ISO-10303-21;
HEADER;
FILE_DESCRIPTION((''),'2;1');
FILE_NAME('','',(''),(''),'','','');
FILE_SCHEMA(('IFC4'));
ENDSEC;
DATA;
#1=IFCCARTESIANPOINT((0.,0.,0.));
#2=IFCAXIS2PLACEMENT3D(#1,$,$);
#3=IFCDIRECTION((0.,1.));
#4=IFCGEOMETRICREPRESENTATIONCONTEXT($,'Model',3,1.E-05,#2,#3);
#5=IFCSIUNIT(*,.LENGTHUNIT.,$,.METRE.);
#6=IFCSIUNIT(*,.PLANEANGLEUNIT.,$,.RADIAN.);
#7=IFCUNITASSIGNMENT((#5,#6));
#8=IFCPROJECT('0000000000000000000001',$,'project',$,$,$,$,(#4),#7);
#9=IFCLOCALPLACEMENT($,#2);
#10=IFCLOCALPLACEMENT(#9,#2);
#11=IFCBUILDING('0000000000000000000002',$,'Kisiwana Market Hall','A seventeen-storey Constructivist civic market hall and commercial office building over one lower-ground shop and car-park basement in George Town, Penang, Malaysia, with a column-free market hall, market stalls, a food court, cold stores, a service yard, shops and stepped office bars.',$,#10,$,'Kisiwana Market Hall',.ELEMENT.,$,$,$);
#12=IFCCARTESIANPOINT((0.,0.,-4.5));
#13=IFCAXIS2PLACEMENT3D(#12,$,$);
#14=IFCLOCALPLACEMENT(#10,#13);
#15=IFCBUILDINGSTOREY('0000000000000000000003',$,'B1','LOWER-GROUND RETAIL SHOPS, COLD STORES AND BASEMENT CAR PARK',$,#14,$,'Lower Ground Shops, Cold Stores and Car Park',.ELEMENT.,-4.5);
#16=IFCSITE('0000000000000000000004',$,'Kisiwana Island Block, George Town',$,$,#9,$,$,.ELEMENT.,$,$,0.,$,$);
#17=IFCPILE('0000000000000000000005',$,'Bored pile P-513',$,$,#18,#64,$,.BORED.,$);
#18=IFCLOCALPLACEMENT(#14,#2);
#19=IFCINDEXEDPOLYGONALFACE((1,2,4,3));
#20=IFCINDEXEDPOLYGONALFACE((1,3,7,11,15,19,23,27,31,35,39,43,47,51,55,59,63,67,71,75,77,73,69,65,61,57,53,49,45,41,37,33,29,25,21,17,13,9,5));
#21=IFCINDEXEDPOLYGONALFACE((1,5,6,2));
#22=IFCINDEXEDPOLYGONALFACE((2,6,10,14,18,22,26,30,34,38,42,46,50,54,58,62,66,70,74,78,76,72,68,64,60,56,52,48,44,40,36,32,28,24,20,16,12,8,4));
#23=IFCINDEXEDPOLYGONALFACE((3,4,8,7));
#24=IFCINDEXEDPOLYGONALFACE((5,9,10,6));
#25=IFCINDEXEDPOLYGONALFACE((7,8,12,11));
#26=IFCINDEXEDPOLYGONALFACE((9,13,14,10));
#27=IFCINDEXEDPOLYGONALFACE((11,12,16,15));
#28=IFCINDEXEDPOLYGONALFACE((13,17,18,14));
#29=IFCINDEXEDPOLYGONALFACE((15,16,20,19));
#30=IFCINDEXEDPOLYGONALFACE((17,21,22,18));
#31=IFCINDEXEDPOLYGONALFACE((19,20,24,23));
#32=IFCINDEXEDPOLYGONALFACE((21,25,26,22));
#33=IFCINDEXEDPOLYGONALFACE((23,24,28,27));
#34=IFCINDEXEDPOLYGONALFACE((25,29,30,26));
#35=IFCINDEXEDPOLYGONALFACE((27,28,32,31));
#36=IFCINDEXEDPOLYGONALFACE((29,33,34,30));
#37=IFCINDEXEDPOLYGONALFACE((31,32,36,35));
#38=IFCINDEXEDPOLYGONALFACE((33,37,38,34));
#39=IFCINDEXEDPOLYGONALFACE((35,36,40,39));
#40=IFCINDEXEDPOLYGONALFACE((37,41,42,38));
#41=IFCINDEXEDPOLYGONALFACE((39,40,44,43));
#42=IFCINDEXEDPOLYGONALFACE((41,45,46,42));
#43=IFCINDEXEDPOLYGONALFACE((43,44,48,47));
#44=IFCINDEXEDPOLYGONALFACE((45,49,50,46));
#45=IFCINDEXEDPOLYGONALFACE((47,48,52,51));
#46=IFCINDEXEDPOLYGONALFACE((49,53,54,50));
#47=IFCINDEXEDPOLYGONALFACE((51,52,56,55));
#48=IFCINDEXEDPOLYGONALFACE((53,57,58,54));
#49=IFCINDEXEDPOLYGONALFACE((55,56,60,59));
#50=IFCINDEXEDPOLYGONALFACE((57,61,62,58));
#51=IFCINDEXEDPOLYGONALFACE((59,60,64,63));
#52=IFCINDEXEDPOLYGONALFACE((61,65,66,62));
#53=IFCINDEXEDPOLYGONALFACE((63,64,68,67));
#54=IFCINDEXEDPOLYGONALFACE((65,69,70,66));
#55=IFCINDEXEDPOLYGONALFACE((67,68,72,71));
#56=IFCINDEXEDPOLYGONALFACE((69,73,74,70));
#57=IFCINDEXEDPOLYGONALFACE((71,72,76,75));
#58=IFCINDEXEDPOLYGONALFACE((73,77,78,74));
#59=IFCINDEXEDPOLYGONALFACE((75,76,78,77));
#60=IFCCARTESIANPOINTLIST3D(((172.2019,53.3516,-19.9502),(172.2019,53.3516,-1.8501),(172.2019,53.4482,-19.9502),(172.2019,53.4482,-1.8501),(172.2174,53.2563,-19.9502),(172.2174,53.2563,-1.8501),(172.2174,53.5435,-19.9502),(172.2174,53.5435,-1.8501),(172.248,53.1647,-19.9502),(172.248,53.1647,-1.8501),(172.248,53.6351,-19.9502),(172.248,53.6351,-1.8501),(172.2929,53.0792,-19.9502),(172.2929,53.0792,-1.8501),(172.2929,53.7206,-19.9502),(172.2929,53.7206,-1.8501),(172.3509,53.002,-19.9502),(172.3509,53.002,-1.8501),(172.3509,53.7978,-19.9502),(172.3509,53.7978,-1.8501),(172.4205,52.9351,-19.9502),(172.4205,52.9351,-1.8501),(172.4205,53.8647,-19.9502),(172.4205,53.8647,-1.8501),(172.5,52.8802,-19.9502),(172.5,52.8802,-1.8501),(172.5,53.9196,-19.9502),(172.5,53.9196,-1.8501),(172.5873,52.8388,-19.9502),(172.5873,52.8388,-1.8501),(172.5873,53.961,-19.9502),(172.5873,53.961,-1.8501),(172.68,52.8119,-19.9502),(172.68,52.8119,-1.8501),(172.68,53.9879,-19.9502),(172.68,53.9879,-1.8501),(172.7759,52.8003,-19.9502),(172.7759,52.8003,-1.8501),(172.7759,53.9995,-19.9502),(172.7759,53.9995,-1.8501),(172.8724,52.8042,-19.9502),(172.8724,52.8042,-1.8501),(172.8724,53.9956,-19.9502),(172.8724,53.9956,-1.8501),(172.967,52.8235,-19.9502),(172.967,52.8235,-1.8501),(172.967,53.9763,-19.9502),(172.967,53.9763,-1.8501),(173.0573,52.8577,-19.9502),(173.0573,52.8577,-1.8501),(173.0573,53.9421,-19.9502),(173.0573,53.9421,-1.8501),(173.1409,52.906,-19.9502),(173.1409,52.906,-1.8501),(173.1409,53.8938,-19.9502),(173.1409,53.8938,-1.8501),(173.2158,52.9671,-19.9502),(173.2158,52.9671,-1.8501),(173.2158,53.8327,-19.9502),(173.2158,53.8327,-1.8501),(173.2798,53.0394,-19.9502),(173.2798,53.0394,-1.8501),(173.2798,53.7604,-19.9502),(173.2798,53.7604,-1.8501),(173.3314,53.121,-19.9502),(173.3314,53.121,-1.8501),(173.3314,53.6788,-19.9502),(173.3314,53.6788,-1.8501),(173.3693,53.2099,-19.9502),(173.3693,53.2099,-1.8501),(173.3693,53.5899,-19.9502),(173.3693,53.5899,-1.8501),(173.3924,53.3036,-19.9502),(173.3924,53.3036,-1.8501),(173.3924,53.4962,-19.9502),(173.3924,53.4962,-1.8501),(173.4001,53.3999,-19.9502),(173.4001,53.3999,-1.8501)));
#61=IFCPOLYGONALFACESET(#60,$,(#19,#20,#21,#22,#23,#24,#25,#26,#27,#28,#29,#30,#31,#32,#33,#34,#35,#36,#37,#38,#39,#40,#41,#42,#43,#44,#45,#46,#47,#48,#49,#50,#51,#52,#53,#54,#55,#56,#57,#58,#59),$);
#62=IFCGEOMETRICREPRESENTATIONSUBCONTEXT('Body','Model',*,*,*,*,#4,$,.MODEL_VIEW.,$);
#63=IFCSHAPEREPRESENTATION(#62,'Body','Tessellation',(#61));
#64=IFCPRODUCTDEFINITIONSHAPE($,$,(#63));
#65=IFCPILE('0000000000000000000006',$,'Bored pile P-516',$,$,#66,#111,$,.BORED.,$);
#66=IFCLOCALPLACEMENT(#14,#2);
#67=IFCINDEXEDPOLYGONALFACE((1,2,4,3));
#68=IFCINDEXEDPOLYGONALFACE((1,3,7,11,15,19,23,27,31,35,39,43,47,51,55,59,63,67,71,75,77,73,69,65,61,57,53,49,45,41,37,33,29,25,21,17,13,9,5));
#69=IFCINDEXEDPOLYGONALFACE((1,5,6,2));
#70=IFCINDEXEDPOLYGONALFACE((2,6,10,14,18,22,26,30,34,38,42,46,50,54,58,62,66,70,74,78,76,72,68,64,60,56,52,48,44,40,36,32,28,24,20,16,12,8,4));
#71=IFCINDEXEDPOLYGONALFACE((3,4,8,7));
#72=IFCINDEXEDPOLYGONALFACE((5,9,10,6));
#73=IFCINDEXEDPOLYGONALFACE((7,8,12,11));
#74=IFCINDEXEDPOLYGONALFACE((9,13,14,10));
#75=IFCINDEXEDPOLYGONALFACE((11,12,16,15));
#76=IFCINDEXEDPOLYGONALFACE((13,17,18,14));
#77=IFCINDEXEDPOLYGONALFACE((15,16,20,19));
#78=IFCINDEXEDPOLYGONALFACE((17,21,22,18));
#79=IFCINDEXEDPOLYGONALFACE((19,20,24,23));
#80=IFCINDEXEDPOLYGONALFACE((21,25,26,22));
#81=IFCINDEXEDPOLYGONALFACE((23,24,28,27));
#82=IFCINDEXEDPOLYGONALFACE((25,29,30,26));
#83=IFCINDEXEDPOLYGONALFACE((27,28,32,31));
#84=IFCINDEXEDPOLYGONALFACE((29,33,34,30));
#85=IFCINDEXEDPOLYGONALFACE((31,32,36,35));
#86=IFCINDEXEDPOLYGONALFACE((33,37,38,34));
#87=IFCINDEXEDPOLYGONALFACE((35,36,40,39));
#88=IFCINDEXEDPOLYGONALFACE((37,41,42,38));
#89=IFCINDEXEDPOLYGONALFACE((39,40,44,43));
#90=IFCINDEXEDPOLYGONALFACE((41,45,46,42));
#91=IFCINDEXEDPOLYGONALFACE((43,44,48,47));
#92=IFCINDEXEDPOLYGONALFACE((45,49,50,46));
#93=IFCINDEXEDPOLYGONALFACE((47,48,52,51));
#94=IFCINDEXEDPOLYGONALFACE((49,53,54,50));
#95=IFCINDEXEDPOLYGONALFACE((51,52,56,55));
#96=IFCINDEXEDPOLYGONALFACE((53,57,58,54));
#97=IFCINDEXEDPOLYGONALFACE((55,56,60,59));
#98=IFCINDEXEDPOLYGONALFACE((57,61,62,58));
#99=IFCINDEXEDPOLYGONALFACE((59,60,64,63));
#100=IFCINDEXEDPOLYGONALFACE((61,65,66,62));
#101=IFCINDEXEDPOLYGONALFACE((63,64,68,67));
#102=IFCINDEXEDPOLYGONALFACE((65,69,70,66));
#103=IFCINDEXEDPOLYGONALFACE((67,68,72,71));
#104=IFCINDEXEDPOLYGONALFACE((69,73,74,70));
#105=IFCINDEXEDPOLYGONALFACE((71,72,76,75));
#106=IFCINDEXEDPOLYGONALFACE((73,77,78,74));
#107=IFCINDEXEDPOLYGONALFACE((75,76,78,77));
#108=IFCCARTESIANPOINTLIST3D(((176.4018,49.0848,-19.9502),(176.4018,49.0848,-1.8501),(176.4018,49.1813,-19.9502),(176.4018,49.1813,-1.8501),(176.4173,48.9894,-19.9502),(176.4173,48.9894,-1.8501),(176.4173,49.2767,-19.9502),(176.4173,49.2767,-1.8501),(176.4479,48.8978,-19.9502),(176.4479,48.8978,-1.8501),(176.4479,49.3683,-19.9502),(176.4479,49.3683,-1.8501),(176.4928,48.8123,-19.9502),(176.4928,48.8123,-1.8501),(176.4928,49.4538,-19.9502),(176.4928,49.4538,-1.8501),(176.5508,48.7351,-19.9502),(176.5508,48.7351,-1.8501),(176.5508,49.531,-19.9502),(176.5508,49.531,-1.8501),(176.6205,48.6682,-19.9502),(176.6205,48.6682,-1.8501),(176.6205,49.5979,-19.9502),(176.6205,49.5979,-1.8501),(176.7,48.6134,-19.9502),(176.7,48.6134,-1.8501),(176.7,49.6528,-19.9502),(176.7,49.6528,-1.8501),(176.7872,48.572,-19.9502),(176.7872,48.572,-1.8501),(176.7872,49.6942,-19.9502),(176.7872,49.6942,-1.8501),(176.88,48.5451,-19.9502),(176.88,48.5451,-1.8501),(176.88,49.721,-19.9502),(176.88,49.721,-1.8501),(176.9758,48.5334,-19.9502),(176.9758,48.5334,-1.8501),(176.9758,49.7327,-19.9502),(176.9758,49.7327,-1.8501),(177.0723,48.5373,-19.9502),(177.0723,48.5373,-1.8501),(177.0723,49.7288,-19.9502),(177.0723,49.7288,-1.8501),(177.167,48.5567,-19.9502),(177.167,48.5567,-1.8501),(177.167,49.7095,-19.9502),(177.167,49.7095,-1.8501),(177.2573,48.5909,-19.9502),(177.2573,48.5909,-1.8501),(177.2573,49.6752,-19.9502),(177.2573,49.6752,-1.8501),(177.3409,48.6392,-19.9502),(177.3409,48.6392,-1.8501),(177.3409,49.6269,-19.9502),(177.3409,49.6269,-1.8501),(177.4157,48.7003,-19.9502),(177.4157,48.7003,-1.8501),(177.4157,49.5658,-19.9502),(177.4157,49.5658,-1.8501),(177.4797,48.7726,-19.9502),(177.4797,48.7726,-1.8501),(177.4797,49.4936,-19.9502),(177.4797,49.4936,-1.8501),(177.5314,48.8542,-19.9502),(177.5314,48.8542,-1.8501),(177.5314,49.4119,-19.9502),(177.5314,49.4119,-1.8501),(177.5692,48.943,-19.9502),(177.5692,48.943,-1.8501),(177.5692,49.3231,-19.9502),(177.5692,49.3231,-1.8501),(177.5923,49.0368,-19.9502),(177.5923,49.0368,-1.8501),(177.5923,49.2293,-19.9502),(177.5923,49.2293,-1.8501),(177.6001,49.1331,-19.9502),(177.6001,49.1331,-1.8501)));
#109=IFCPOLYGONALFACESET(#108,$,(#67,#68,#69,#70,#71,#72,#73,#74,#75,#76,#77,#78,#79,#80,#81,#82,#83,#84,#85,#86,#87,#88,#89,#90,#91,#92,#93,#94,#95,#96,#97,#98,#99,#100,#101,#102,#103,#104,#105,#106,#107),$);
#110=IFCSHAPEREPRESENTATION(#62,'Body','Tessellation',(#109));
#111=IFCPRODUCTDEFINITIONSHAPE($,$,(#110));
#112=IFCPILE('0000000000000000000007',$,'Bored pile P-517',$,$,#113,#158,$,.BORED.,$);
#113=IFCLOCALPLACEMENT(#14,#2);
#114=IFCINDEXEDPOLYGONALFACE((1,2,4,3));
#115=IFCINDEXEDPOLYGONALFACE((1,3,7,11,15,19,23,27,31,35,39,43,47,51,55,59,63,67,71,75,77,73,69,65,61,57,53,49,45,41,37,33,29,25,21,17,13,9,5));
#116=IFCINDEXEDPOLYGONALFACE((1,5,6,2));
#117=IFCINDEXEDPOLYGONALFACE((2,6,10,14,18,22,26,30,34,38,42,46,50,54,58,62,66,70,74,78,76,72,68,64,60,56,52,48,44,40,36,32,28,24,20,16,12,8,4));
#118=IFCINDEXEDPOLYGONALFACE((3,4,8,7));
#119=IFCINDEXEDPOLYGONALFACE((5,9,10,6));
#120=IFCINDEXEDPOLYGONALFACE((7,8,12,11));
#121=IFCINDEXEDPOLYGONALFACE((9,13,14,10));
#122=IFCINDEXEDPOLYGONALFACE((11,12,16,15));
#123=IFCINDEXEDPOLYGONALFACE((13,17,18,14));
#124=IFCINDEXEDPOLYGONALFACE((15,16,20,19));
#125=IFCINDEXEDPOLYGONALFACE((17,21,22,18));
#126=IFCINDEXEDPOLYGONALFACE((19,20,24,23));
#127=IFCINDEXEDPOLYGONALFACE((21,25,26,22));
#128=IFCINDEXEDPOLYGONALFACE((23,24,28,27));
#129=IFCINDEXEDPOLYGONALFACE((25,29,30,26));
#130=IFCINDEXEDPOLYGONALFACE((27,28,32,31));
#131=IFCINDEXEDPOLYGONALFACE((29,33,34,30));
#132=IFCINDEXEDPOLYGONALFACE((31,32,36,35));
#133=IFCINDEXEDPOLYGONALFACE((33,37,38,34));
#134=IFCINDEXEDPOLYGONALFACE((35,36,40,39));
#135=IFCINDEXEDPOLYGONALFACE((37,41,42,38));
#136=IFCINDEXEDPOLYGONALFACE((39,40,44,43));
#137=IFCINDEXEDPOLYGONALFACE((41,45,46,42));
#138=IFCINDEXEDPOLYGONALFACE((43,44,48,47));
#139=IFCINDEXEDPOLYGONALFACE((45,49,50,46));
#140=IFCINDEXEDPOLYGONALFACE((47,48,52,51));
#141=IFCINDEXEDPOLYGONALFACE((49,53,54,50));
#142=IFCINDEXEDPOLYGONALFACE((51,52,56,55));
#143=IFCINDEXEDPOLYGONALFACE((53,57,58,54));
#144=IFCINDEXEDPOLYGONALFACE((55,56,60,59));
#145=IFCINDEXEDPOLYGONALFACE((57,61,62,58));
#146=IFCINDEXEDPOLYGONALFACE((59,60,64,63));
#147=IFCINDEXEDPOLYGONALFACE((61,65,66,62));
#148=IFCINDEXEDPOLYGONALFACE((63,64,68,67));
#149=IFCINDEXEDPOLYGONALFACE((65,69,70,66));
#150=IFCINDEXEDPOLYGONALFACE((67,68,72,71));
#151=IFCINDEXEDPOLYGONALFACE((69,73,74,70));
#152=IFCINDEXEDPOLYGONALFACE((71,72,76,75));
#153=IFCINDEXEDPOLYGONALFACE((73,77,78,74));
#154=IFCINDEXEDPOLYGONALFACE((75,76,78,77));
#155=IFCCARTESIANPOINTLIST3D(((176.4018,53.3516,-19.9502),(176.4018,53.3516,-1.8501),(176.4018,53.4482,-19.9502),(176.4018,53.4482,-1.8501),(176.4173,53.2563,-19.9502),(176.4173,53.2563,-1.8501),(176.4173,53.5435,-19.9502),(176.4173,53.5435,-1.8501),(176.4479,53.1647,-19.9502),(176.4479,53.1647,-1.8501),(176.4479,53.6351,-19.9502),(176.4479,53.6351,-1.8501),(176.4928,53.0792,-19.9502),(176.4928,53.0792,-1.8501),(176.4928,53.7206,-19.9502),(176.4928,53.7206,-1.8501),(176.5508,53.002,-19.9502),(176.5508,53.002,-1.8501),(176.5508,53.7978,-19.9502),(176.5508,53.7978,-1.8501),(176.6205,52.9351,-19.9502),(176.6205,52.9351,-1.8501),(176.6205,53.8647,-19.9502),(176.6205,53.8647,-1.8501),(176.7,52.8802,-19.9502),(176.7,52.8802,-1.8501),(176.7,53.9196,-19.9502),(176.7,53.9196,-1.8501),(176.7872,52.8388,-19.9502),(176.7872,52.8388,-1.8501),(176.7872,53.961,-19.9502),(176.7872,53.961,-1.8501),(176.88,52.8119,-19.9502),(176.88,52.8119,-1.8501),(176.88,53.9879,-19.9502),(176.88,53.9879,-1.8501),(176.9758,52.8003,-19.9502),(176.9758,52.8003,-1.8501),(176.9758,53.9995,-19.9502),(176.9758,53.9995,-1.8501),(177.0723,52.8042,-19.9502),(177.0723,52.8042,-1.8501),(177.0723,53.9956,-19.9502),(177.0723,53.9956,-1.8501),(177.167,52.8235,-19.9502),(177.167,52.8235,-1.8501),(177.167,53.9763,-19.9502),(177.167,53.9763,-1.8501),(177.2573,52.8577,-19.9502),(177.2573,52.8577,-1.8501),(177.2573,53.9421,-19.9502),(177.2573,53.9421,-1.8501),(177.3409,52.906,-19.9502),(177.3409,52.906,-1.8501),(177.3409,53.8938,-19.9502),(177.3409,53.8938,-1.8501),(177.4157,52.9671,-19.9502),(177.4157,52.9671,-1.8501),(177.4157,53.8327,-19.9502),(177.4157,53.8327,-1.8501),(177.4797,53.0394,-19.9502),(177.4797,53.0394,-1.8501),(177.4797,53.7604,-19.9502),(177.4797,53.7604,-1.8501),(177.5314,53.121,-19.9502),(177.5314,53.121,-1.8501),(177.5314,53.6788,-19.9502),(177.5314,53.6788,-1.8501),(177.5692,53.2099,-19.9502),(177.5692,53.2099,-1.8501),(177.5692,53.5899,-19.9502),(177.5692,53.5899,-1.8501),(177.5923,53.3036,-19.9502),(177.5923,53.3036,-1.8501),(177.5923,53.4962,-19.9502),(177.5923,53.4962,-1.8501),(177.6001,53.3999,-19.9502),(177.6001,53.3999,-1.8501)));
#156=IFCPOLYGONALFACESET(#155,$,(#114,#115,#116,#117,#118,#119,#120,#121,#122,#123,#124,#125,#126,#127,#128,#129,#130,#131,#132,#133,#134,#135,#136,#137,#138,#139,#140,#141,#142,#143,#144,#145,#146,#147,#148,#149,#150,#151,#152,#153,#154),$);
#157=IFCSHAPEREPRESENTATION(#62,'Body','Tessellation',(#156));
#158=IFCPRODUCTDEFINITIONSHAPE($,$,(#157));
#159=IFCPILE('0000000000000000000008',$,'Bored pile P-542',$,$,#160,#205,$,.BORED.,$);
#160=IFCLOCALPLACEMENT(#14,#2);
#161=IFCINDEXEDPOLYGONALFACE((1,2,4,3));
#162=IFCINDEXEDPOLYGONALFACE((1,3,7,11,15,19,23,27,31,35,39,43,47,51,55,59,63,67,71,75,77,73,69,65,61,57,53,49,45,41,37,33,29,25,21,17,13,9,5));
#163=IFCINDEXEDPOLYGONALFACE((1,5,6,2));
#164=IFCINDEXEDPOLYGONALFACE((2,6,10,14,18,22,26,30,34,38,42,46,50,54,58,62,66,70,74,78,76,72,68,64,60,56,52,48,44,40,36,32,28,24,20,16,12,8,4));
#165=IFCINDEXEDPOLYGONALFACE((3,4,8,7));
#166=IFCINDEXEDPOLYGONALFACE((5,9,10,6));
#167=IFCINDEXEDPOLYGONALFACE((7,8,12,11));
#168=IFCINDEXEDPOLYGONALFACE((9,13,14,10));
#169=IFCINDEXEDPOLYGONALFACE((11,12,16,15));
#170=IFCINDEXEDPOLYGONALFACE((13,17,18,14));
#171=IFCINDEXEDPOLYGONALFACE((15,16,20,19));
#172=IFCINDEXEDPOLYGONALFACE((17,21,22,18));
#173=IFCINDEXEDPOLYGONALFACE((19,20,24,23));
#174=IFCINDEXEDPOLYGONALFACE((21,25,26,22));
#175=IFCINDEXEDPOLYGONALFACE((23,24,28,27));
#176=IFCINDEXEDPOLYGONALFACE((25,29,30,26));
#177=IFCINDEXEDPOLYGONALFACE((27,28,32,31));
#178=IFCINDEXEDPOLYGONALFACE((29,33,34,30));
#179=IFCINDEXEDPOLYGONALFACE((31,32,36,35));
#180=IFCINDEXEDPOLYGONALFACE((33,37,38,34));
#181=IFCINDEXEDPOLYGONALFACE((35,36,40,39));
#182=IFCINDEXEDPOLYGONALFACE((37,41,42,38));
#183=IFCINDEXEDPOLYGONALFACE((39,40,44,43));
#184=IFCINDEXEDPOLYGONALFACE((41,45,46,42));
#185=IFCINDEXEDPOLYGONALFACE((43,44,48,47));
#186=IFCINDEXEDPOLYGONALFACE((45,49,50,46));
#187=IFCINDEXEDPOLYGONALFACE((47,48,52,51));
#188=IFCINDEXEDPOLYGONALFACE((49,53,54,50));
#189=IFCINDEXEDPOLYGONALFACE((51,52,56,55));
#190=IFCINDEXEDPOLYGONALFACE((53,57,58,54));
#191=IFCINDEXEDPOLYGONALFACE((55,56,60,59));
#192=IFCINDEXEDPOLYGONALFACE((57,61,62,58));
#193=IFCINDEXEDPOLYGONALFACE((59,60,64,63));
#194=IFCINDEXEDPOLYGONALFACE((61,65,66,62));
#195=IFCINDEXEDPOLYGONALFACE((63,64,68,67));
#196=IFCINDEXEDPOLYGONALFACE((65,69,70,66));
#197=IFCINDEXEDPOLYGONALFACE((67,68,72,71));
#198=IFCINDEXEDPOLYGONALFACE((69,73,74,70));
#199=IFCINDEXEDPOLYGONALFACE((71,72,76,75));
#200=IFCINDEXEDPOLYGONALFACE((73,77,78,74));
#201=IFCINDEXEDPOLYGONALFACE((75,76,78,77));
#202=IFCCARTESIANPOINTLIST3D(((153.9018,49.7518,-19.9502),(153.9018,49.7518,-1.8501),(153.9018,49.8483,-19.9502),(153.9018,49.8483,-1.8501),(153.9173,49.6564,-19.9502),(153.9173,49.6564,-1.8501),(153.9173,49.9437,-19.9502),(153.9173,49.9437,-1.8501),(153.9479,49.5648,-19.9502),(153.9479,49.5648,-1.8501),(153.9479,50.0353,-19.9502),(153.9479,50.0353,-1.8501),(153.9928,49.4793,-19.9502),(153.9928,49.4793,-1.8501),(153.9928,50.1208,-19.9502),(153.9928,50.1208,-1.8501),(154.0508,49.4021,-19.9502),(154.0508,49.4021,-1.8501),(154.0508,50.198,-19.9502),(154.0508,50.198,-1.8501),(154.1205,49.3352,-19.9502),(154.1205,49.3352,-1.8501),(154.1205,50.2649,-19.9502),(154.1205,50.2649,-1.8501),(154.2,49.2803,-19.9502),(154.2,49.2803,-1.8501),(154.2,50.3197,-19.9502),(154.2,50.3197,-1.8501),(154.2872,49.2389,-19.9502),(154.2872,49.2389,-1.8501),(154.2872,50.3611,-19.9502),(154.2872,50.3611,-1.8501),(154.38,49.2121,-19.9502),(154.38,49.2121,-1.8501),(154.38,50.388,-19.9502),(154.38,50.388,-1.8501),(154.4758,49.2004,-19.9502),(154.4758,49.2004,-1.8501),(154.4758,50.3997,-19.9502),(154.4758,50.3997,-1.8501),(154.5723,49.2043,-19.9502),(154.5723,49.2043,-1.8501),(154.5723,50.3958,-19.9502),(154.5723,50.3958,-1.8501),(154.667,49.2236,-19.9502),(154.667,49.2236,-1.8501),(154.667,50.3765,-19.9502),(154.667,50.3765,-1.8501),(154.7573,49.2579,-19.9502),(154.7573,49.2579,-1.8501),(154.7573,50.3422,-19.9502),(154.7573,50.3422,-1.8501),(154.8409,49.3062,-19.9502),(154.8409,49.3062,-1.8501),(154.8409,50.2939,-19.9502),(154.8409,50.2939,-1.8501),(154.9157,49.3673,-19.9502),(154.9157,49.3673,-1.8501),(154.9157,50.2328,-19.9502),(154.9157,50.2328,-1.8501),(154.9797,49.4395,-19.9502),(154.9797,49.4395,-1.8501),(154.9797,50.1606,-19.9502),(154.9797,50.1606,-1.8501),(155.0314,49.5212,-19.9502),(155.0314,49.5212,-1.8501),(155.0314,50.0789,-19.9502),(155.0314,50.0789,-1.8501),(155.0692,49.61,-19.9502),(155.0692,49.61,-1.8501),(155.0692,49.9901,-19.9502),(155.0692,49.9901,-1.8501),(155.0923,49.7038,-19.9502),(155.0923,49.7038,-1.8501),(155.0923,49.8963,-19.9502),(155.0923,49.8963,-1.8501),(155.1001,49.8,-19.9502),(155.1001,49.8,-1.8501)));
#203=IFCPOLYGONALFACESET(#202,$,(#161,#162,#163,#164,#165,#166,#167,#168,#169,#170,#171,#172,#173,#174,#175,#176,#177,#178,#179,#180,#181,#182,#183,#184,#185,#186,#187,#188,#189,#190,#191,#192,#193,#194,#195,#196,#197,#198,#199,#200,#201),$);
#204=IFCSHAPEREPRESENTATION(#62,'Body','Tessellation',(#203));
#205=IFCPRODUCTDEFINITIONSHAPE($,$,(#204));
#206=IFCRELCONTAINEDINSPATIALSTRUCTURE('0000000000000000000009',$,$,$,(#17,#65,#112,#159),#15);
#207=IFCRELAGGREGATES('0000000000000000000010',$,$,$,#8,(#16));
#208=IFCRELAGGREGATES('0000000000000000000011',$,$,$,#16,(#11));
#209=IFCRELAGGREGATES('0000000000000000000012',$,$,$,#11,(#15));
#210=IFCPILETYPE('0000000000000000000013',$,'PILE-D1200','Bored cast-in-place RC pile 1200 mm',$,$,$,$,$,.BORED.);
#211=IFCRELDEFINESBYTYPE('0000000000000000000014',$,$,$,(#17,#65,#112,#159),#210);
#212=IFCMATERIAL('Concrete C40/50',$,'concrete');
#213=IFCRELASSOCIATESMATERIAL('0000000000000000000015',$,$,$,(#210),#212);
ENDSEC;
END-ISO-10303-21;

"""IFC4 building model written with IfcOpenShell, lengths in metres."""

from ifc_helpers import new_model, si_unit, direction, frame, origin, origin_2d, place, context, subcontext, project, spatial, circle, extrude, material, material_profile, profile_set, type_object, element, save


model = new_model("IFC4")

# Units and contexts
model_context = context("Model", 3, precision=1e-05, world=origin(), true_north=direction((0.0, 1.0)))
body_context = subcontext(model_context, "Body", "Model", "MODEL_VIEW")
ifc_project = project(units=[si_unit("LENGTHUNIT", "METRE"), si_unit("PLANEANGLEUNIT", "RADIAN")], contexts=[model_context])

# Site, building, storey
site_placement = place(None, origin())
site = spatial("IfcSite", under=ifc_project, at=site_placement, Name="Kisiwana Island Block, George Town", CompositionType="ELEMENT", RefElevation=0.0)
building_placement = place(site_placement, origin())
building = spatial("IfcBuilding", under=site, at=building_placement, Name="Kisiwana Market Hall", Description="A seventeen-storey Constructivist civic market hall and commercial office building over one lower-ground shop and car-park basement in George Town, Penang, Malaysia, with a column-free market hall, market stalls, a food court, cold stores, a service yard, shops and stepped office bars.", LongName="Kisiwana Market Hall", CompositionType="ELEMENT")
storey_placement = place(building_placement, frame((0.0, 0.0, -4.5)))
storey = spatial("IfcBuildingStorey", under=building, at=storey_placement, Name="B1", Description="LOWER-GROUND RETAIL SHOPS, COLD STORES AND BASEMENT CAR PARK", LongName="Lower Ground Shops, Cold Stores and Car Park", CompositionType="ELEMENT", Elevation=-4.5)

# Piles
ifc_material_1 = material(Name="Concrete C40/50", Category="concrete")
ifc_material_profile_1 = material_profile(ifc_material_1, circle(Radius=0.6001, at=origin_2d()), Name="BP D1200")
ifc_profile_set_1 = profile_set([ifc_material_profile_1], Name="Concrete C40/50")
pile_type_1 = type_object("IfcPileType", Name="PILE-D1200", Description="Bored cast-in-place RC pile 1200 mm", PredefinedType="BORED", material=ifc_profile_set_1)
for number, where, z_axis, x_axis, name in (
    (1, (172.8, 53.3999, -1.8501), (0.0, 0.0, -1.0), (1.0, 0.0, 0.0), "Bored pile P-513"),
    (2, (177.0, 49.1331, -1.8501), (0.0, 0.0, -1.0), (1.0, 0.0, 0.0), "Bored pile P-516"),
    (3, (177.0, 53.3999, -1.8501), (0.0, 0.0, -1.0), (1.0, 0.0, 0.0), "Bored pile P-517"),
    (4, (154.5, 49.8, -1.8501), (0.0, 0.0, -1.0), (1.0, 0.0, 0.0), "Bored pile P-542"),
):
    element("IfcPile", number, at=place(storey_placement, frame(where, z_axis=z_axis, x_axis=x_axis)), inside=storey, type_object=pile_type_1, Name=name, PredefinedType="BORED", context=body_context, shape_type="SweptSolid", body=[
        extrude(circle(Radius=0.6001, at=origin_2d()), origin(), (0.0, 0.0, 1.0), 18.1001),
    ])

save(model, "model.ifc")
